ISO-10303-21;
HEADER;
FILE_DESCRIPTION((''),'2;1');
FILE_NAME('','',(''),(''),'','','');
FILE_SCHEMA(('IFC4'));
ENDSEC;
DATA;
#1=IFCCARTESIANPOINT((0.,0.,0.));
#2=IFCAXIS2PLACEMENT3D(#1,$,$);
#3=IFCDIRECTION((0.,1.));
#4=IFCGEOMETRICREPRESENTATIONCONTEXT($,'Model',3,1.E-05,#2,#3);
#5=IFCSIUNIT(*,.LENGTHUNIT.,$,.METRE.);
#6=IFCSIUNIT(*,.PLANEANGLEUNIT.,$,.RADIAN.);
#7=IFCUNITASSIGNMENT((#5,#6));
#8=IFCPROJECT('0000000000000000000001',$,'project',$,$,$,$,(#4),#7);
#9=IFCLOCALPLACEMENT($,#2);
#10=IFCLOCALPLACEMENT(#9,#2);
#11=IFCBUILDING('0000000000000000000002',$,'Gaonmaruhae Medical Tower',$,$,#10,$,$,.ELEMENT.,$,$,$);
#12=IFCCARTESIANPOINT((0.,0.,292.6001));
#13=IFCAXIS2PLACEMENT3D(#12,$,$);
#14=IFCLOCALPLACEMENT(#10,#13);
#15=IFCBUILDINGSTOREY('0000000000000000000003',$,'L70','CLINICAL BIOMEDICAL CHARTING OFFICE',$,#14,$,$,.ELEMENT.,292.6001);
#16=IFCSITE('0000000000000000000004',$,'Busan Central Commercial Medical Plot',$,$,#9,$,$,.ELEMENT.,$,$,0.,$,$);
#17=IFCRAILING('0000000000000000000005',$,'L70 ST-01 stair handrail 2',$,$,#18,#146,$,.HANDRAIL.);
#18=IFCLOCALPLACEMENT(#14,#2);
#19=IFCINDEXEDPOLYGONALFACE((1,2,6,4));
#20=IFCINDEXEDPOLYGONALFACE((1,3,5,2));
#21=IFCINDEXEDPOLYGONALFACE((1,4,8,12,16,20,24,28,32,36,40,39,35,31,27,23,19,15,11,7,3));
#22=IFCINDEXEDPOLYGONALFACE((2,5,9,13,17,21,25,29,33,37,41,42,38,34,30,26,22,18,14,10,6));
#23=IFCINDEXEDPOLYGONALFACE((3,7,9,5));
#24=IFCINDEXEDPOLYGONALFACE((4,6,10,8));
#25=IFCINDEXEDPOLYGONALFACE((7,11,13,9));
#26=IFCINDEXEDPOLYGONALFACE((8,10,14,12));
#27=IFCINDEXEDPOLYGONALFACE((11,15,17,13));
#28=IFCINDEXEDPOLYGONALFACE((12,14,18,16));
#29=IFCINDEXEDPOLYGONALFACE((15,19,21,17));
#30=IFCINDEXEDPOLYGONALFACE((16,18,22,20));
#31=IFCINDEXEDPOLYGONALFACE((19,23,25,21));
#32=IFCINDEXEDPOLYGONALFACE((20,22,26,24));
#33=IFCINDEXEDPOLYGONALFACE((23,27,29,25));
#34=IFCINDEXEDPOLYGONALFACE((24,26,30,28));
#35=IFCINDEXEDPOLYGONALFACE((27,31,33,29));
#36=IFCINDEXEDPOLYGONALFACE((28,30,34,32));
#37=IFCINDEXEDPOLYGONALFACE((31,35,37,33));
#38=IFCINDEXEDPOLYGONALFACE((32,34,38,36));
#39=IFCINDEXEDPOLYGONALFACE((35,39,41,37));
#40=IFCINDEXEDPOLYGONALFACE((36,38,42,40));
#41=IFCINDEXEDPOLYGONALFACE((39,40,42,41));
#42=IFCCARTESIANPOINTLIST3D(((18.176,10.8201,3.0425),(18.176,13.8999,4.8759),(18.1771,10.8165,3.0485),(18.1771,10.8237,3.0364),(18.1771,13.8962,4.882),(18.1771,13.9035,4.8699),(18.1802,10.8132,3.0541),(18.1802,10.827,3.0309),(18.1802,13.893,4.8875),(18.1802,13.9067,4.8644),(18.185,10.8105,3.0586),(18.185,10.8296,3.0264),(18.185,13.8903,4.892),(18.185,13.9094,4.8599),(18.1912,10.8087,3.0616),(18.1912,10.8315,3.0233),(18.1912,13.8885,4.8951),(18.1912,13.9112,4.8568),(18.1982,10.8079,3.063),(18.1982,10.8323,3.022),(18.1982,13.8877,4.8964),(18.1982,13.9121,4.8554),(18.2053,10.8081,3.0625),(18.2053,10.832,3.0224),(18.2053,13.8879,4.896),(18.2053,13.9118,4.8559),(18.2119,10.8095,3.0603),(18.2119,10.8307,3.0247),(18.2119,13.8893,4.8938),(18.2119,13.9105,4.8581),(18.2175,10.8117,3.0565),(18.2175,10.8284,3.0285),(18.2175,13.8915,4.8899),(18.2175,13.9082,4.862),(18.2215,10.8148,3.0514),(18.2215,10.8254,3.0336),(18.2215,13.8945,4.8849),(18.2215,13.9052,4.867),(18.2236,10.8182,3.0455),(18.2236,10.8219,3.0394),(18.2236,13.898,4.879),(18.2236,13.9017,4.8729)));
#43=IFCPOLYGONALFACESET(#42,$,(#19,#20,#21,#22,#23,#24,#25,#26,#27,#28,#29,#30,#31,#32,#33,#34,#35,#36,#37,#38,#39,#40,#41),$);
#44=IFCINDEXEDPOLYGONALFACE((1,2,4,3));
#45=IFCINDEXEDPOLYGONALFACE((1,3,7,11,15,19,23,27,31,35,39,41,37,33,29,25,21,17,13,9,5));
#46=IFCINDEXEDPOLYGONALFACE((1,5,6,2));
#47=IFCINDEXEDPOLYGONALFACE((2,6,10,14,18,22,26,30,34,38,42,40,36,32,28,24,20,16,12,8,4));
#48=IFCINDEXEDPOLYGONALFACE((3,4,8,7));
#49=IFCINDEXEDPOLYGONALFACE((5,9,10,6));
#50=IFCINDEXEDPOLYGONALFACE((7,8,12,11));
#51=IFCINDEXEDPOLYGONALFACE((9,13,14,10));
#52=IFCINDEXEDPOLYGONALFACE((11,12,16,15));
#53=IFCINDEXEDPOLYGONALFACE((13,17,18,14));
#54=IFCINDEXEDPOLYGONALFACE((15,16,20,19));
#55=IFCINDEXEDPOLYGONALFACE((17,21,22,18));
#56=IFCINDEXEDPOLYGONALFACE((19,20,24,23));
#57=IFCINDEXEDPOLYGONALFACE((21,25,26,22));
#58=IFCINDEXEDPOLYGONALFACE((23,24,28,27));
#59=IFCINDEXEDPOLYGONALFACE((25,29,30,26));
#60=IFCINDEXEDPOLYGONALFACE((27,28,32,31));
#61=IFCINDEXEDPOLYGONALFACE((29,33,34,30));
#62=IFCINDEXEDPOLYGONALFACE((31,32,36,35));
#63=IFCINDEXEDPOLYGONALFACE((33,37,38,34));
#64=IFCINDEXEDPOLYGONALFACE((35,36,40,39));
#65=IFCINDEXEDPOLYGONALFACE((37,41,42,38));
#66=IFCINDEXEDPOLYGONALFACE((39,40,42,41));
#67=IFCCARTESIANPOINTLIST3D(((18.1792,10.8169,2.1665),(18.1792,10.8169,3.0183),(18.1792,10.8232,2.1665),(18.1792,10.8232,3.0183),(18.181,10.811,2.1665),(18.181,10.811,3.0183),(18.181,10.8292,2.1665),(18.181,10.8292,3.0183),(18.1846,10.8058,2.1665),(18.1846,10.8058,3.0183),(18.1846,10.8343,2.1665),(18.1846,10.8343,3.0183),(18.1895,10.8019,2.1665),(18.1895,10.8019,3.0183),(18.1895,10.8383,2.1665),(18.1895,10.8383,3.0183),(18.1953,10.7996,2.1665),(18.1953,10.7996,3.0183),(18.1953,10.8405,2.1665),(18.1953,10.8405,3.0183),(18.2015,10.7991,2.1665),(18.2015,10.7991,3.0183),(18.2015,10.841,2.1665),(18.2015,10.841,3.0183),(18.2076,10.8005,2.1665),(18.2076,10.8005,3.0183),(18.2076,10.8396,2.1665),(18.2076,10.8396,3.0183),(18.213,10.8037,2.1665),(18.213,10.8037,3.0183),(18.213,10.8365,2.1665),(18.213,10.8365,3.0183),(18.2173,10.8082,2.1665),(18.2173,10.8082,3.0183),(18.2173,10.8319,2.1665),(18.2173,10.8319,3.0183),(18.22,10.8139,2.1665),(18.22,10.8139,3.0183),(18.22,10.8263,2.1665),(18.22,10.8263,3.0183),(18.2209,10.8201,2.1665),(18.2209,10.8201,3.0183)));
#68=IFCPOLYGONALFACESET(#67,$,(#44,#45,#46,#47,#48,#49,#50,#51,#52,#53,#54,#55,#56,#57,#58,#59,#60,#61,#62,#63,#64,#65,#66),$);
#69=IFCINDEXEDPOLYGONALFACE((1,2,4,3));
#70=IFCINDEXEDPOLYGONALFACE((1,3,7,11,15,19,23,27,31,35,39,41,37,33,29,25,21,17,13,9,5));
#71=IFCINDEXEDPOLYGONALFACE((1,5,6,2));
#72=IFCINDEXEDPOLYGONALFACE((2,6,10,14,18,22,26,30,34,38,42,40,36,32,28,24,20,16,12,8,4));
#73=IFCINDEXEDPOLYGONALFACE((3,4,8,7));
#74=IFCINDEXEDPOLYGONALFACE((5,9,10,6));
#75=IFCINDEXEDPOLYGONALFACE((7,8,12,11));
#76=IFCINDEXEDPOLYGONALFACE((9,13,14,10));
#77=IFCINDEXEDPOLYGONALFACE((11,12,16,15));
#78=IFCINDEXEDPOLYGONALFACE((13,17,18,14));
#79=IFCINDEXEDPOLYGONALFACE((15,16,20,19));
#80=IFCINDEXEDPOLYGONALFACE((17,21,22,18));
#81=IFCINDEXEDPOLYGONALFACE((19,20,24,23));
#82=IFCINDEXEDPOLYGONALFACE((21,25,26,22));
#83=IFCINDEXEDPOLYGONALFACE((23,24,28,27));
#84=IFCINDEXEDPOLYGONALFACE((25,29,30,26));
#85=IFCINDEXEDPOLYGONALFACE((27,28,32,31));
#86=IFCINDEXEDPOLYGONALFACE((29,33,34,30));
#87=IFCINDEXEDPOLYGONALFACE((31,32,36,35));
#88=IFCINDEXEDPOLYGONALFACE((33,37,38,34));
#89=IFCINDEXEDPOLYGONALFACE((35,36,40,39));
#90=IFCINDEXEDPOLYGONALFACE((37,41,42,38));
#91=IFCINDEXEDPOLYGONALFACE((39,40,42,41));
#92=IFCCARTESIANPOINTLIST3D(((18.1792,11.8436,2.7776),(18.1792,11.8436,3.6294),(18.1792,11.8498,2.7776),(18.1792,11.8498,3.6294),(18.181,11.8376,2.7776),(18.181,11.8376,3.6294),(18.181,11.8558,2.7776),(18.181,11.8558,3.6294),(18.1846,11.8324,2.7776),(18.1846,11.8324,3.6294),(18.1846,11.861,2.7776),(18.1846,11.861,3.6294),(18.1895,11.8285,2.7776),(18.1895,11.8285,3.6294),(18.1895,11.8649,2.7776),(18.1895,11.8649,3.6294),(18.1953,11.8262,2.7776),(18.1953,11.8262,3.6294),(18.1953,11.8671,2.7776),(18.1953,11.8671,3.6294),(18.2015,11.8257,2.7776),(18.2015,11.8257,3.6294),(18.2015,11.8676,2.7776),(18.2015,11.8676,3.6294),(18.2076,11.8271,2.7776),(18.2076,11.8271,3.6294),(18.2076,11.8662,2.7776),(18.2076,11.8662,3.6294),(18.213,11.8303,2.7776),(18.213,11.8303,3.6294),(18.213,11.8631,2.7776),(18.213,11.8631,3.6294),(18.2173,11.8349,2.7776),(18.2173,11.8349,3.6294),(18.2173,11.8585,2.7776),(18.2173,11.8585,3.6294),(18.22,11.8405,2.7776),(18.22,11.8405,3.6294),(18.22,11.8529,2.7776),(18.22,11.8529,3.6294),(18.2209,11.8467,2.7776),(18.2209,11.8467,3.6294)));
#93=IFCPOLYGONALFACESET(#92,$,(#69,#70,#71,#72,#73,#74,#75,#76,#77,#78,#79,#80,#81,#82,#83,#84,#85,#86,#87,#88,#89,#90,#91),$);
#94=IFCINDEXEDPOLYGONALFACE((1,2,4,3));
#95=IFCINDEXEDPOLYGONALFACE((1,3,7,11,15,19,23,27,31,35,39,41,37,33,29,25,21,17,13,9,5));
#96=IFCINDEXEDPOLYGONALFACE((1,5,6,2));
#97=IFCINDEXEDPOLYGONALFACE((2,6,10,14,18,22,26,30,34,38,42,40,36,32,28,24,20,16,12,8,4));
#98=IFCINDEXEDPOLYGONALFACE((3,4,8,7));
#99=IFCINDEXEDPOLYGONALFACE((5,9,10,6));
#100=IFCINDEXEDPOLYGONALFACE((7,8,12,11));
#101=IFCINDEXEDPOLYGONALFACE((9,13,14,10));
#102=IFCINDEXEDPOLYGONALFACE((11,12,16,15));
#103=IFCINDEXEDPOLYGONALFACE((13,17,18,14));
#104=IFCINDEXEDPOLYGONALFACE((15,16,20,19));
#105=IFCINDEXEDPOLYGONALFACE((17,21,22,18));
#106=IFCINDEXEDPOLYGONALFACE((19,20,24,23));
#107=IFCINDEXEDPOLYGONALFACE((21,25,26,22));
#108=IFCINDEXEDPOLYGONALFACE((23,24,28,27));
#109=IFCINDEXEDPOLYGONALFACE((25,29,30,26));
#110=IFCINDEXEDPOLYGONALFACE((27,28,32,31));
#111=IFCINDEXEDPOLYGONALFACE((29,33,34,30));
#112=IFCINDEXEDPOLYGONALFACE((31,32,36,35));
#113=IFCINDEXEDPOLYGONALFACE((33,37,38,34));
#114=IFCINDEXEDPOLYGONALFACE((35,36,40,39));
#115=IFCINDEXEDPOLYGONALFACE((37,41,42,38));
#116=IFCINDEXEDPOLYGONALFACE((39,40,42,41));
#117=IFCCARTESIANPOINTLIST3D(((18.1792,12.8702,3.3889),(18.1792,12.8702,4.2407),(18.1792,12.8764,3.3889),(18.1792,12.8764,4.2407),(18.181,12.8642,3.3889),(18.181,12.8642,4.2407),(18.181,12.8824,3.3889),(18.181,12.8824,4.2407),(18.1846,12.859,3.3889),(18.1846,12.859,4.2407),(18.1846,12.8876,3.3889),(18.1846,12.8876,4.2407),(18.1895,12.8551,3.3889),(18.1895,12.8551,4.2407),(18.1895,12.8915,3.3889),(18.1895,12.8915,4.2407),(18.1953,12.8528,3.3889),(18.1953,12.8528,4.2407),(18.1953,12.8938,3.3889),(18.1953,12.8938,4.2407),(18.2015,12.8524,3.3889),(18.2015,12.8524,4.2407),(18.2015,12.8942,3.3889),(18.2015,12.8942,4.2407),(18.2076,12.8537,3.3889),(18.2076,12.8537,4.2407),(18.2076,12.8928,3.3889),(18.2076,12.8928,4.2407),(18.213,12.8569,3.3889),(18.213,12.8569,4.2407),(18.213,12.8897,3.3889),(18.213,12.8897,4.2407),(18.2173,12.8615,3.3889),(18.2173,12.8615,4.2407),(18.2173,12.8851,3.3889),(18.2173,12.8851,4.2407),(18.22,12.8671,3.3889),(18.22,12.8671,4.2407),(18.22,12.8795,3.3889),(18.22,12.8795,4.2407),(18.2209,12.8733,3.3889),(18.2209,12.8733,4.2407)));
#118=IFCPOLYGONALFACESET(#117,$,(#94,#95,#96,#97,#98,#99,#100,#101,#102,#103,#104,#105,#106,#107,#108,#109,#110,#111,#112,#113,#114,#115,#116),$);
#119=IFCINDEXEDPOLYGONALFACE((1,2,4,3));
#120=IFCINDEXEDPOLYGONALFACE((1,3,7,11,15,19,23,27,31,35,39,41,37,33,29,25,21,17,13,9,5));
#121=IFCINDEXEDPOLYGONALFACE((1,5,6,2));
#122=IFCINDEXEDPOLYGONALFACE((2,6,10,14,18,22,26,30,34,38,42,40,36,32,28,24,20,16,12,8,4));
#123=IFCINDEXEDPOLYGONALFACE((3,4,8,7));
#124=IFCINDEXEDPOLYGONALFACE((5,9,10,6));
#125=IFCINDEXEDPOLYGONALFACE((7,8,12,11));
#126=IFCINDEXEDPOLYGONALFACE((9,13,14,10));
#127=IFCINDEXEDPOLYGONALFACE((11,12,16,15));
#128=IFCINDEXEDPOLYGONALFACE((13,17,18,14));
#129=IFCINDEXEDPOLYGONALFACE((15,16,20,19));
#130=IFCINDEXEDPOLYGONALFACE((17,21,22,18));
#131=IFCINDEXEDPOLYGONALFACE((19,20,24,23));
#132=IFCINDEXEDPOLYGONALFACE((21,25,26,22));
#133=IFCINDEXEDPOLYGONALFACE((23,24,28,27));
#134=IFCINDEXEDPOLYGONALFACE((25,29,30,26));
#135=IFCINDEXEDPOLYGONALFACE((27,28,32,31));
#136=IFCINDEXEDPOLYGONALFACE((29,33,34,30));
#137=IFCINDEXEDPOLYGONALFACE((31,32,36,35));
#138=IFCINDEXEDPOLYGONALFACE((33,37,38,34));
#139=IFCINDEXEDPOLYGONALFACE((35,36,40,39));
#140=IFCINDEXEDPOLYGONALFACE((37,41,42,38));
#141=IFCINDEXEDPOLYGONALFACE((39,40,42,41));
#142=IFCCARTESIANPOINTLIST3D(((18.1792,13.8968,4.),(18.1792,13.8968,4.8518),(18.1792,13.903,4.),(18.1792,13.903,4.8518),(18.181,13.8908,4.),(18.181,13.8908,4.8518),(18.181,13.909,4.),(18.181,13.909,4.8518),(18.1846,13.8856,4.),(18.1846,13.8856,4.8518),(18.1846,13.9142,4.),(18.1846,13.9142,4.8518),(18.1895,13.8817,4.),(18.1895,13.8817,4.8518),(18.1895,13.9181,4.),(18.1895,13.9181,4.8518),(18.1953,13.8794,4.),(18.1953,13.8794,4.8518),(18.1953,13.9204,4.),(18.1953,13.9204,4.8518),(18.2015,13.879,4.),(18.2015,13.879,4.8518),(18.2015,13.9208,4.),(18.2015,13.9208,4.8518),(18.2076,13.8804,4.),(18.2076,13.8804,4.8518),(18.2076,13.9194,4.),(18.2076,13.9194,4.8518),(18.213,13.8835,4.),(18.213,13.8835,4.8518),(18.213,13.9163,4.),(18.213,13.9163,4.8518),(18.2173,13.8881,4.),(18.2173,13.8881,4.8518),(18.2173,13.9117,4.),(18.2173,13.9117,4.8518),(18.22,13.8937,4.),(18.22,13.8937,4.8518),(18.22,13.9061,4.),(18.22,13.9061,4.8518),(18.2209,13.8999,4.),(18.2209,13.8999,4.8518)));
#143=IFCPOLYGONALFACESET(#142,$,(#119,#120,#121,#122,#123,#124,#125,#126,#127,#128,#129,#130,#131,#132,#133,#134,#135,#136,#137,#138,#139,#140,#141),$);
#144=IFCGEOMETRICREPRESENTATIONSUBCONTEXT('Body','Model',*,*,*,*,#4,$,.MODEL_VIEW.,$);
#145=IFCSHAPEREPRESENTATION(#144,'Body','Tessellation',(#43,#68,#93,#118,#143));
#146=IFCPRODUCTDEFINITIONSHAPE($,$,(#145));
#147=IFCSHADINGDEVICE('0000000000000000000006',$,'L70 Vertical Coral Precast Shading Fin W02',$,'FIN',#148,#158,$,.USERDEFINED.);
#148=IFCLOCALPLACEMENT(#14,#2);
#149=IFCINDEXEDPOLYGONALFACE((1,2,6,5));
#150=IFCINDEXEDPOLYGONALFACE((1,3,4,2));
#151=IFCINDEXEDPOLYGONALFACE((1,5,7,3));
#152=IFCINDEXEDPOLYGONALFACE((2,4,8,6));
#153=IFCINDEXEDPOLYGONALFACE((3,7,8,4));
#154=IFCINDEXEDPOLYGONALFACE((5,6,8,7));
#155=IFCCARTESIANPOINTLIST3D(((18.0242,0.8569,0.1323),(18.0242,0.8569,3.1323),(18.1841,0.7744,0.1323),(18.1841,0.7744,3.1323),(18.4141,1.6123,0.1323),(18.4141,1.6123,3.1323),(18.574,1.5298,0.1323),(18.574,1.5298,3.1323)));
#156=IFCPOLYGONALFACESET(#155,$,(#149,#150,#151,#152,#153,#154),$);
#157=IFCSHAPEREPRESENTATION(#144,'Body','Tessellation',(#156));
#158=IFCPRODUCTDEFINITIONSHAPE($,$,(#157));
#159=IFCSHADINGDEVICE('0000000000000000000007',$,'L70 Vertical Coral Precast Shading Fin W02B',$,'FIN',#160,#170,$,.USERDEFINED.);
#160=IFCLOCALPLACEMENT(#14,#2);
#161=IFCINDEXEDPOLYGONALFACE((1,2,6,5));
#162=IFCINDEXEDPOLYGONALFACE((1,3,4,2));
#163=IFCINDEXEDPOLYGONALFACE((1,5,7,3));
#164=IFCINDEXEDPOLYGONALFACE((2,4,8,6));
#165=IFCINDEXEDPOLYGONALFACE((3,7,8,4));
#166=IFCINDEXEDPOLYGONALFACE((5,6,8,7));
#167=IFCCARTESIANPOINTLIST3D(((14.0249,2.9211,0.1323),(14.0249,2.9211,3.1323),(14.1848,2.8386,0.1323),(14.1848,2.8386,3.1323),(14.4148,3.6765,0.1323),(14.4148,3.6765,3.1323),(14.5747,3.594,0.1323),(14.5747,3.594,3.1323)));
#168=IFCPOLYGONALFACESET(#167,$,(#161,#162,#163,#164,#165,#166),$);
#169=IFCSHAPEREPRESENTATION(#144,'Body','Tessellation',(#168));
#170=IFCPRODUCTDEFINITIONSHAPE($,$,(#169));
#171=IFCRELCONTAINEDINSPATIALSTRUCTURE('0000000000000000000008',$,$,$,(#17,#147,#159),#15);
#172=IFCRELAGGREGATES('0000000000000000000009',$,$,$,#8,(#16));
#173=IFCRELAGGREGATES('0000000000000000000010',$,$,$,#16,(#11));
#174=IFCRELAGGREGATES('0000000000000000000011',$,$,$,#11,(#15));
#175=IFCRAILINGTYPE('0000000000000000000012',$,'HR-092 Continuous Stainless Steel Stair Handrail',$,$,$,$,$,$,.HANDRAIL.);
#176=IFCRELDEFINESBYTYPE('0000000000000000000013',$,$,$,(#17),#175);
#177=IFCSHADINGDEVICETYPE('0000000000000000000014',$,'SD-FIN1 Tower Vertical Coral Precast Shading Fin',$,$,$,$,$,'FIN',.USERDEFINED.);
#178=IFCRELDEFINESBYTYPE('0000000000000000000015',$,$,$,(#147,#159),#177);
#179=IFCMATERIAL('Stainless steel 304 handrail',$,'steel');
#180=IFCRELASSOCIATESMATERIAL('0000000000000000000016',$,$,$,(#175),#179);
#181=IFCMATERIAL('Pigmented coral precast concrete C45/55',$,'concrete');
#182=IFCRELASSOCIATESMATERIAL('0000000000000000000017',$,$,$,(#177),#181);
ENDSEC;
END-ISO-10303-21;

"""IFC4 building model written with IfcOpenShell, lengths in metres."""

from ifc_helpers import new_model, si_unit, direction, frame, origin, origin_2d, place, context, subcontext, project, spatial, rectangle, circle, extrude, material, type_object, element, save


model = new_model("IFC4")

# Units and contexts
model_context = context("Model", 3, precision=1e-05, world=origin(), true_north=direction((0.0, 1.0)))
body_context = subcontext(model_context, "Body", "Model", "MODEL_VIEW")
ifc_project = project(units=[si_unit("LENGTHUNIT", "METRE"), si_unit("PLANEANGLEUNIT", "RADIAN")], contexts=[model_context])

# Site, building, storey
site_placement = place(None, origin())
site = spatial("IfcSite", under=ifc_project, at=site_placement, Name="Busan Central Commercial Medical Plot", CompositionType="ELEMENT", RefElevation=0.0)
building_placement = place(site_placement, origin())
building = spatial("IfcBuilding", under=site, at=building_placement, Name="Gaonmaruhae Medical Tower", CompositionType="ELEMENT")
storey_placement = place(building_placement, frame((0.0, 0.0, 292.6001)))
storey = spatial("IfcBuildingStorey", under=building, at=storey_placement, Name="L70", Description="CLINICAL BIOMEDICAL CHARTING OFFICE", CompositionType="ELEMENT", Elevation=292.6001)

# Railing
ifc_material_1 = material(Name="Stainless steel 304 handrail", Category="steel")
railing_type_1 = type_object("IfcRailingType", Name="HR-092 Continuous Stainless Steel Stair Handrail", PredefinedType="HANDRAIL", material=ifc_material_1)
railing_1_placement = place(storey_placement, frame((18.2, 10.8201, 2.1665)))
element("IfcRailing", 1, at=railing_1_placement, inside=storey, type_object=railing_type_1, Name="L70 ST-01 stair handrail 2", PredefinedType="HANDRAIL", context=body_context, shape_type="SweptSolid", body=[
    extrude(circle(Radius=0.0239, at=origin_2d()), frame((0.0, 0.0, 0.876), z_axis=(0.0, 0.859261, 0.511538), x_axis=(-1.0, 0.0, 0.0)), (0.0, 0.0, 1.0), 3.5842),
    extrude(circle(Radius=0.021, at=origin_2d()), origin(), (0.0, 0.0, 1.0), 0.8518),
    extrude(circle(Radius=0.021, at=origin_2d()), frame((0.0, 1.0266, 0.6111)), (0.0, 0.0, 1.0), 0.8518),
    extrude(circle(Radius=0.021, at=origin_2d()), frame((0.0, 2.0532, 1.2224)), (0.0, 0.0, 1.0), 0.8518),
    extrude(circle(Radius=0.021, at=origin_2d()), frame((0.0, 3.0798, 1.8335)), (0.0, 0.0, 1.0), 0.8518),
])

# Shading devices
ifc_material_2 = material(Name="Pigmented coral precast concrete C45/55", Category="concrete")
shading_device_type = type_object("IfcShadingDeviceType", Name="SD-FIN1 Tower Vertical Coral Precast Shading Fin", ElementType="FIN", PredefinedType="USERDEFINED", material=ifc_material_2)
for number, where, z_axis, x_axis, name in (
    (2, (18.2991, 1.1934, 0.1323), (0.0, 0.0, 1.0), (-0.888617, 0.45865, 0.0), "L70 Vertical Coral Precast Shading Fin W02"),
    (3, (14.2998, 3.2576, 0.1323), (0.0, 0.0, 1.0), (-0.888617, 0.45865, 0.0), "L70 Vertical Coral Precast Shading Fin W02B"),
):
    element("IfcShadingDevice", number, at=place(storey_placement, frame(where, z_axis=z_axis, x_axis=x_axis)), inside=storey, type_object=shading_device_type, Name=name, ObjectType="FIN", PredefinedType="USERDEFINED", context=body_context, shape_type="SweptSolid", body=[
        extrude(rectangle(XDim=0.1799, YDim=0.8501, at=origin_2d()), origin(), (0.0, 0.0, 1.0), 3.0),
    ])

save(model, "model.ifc")
